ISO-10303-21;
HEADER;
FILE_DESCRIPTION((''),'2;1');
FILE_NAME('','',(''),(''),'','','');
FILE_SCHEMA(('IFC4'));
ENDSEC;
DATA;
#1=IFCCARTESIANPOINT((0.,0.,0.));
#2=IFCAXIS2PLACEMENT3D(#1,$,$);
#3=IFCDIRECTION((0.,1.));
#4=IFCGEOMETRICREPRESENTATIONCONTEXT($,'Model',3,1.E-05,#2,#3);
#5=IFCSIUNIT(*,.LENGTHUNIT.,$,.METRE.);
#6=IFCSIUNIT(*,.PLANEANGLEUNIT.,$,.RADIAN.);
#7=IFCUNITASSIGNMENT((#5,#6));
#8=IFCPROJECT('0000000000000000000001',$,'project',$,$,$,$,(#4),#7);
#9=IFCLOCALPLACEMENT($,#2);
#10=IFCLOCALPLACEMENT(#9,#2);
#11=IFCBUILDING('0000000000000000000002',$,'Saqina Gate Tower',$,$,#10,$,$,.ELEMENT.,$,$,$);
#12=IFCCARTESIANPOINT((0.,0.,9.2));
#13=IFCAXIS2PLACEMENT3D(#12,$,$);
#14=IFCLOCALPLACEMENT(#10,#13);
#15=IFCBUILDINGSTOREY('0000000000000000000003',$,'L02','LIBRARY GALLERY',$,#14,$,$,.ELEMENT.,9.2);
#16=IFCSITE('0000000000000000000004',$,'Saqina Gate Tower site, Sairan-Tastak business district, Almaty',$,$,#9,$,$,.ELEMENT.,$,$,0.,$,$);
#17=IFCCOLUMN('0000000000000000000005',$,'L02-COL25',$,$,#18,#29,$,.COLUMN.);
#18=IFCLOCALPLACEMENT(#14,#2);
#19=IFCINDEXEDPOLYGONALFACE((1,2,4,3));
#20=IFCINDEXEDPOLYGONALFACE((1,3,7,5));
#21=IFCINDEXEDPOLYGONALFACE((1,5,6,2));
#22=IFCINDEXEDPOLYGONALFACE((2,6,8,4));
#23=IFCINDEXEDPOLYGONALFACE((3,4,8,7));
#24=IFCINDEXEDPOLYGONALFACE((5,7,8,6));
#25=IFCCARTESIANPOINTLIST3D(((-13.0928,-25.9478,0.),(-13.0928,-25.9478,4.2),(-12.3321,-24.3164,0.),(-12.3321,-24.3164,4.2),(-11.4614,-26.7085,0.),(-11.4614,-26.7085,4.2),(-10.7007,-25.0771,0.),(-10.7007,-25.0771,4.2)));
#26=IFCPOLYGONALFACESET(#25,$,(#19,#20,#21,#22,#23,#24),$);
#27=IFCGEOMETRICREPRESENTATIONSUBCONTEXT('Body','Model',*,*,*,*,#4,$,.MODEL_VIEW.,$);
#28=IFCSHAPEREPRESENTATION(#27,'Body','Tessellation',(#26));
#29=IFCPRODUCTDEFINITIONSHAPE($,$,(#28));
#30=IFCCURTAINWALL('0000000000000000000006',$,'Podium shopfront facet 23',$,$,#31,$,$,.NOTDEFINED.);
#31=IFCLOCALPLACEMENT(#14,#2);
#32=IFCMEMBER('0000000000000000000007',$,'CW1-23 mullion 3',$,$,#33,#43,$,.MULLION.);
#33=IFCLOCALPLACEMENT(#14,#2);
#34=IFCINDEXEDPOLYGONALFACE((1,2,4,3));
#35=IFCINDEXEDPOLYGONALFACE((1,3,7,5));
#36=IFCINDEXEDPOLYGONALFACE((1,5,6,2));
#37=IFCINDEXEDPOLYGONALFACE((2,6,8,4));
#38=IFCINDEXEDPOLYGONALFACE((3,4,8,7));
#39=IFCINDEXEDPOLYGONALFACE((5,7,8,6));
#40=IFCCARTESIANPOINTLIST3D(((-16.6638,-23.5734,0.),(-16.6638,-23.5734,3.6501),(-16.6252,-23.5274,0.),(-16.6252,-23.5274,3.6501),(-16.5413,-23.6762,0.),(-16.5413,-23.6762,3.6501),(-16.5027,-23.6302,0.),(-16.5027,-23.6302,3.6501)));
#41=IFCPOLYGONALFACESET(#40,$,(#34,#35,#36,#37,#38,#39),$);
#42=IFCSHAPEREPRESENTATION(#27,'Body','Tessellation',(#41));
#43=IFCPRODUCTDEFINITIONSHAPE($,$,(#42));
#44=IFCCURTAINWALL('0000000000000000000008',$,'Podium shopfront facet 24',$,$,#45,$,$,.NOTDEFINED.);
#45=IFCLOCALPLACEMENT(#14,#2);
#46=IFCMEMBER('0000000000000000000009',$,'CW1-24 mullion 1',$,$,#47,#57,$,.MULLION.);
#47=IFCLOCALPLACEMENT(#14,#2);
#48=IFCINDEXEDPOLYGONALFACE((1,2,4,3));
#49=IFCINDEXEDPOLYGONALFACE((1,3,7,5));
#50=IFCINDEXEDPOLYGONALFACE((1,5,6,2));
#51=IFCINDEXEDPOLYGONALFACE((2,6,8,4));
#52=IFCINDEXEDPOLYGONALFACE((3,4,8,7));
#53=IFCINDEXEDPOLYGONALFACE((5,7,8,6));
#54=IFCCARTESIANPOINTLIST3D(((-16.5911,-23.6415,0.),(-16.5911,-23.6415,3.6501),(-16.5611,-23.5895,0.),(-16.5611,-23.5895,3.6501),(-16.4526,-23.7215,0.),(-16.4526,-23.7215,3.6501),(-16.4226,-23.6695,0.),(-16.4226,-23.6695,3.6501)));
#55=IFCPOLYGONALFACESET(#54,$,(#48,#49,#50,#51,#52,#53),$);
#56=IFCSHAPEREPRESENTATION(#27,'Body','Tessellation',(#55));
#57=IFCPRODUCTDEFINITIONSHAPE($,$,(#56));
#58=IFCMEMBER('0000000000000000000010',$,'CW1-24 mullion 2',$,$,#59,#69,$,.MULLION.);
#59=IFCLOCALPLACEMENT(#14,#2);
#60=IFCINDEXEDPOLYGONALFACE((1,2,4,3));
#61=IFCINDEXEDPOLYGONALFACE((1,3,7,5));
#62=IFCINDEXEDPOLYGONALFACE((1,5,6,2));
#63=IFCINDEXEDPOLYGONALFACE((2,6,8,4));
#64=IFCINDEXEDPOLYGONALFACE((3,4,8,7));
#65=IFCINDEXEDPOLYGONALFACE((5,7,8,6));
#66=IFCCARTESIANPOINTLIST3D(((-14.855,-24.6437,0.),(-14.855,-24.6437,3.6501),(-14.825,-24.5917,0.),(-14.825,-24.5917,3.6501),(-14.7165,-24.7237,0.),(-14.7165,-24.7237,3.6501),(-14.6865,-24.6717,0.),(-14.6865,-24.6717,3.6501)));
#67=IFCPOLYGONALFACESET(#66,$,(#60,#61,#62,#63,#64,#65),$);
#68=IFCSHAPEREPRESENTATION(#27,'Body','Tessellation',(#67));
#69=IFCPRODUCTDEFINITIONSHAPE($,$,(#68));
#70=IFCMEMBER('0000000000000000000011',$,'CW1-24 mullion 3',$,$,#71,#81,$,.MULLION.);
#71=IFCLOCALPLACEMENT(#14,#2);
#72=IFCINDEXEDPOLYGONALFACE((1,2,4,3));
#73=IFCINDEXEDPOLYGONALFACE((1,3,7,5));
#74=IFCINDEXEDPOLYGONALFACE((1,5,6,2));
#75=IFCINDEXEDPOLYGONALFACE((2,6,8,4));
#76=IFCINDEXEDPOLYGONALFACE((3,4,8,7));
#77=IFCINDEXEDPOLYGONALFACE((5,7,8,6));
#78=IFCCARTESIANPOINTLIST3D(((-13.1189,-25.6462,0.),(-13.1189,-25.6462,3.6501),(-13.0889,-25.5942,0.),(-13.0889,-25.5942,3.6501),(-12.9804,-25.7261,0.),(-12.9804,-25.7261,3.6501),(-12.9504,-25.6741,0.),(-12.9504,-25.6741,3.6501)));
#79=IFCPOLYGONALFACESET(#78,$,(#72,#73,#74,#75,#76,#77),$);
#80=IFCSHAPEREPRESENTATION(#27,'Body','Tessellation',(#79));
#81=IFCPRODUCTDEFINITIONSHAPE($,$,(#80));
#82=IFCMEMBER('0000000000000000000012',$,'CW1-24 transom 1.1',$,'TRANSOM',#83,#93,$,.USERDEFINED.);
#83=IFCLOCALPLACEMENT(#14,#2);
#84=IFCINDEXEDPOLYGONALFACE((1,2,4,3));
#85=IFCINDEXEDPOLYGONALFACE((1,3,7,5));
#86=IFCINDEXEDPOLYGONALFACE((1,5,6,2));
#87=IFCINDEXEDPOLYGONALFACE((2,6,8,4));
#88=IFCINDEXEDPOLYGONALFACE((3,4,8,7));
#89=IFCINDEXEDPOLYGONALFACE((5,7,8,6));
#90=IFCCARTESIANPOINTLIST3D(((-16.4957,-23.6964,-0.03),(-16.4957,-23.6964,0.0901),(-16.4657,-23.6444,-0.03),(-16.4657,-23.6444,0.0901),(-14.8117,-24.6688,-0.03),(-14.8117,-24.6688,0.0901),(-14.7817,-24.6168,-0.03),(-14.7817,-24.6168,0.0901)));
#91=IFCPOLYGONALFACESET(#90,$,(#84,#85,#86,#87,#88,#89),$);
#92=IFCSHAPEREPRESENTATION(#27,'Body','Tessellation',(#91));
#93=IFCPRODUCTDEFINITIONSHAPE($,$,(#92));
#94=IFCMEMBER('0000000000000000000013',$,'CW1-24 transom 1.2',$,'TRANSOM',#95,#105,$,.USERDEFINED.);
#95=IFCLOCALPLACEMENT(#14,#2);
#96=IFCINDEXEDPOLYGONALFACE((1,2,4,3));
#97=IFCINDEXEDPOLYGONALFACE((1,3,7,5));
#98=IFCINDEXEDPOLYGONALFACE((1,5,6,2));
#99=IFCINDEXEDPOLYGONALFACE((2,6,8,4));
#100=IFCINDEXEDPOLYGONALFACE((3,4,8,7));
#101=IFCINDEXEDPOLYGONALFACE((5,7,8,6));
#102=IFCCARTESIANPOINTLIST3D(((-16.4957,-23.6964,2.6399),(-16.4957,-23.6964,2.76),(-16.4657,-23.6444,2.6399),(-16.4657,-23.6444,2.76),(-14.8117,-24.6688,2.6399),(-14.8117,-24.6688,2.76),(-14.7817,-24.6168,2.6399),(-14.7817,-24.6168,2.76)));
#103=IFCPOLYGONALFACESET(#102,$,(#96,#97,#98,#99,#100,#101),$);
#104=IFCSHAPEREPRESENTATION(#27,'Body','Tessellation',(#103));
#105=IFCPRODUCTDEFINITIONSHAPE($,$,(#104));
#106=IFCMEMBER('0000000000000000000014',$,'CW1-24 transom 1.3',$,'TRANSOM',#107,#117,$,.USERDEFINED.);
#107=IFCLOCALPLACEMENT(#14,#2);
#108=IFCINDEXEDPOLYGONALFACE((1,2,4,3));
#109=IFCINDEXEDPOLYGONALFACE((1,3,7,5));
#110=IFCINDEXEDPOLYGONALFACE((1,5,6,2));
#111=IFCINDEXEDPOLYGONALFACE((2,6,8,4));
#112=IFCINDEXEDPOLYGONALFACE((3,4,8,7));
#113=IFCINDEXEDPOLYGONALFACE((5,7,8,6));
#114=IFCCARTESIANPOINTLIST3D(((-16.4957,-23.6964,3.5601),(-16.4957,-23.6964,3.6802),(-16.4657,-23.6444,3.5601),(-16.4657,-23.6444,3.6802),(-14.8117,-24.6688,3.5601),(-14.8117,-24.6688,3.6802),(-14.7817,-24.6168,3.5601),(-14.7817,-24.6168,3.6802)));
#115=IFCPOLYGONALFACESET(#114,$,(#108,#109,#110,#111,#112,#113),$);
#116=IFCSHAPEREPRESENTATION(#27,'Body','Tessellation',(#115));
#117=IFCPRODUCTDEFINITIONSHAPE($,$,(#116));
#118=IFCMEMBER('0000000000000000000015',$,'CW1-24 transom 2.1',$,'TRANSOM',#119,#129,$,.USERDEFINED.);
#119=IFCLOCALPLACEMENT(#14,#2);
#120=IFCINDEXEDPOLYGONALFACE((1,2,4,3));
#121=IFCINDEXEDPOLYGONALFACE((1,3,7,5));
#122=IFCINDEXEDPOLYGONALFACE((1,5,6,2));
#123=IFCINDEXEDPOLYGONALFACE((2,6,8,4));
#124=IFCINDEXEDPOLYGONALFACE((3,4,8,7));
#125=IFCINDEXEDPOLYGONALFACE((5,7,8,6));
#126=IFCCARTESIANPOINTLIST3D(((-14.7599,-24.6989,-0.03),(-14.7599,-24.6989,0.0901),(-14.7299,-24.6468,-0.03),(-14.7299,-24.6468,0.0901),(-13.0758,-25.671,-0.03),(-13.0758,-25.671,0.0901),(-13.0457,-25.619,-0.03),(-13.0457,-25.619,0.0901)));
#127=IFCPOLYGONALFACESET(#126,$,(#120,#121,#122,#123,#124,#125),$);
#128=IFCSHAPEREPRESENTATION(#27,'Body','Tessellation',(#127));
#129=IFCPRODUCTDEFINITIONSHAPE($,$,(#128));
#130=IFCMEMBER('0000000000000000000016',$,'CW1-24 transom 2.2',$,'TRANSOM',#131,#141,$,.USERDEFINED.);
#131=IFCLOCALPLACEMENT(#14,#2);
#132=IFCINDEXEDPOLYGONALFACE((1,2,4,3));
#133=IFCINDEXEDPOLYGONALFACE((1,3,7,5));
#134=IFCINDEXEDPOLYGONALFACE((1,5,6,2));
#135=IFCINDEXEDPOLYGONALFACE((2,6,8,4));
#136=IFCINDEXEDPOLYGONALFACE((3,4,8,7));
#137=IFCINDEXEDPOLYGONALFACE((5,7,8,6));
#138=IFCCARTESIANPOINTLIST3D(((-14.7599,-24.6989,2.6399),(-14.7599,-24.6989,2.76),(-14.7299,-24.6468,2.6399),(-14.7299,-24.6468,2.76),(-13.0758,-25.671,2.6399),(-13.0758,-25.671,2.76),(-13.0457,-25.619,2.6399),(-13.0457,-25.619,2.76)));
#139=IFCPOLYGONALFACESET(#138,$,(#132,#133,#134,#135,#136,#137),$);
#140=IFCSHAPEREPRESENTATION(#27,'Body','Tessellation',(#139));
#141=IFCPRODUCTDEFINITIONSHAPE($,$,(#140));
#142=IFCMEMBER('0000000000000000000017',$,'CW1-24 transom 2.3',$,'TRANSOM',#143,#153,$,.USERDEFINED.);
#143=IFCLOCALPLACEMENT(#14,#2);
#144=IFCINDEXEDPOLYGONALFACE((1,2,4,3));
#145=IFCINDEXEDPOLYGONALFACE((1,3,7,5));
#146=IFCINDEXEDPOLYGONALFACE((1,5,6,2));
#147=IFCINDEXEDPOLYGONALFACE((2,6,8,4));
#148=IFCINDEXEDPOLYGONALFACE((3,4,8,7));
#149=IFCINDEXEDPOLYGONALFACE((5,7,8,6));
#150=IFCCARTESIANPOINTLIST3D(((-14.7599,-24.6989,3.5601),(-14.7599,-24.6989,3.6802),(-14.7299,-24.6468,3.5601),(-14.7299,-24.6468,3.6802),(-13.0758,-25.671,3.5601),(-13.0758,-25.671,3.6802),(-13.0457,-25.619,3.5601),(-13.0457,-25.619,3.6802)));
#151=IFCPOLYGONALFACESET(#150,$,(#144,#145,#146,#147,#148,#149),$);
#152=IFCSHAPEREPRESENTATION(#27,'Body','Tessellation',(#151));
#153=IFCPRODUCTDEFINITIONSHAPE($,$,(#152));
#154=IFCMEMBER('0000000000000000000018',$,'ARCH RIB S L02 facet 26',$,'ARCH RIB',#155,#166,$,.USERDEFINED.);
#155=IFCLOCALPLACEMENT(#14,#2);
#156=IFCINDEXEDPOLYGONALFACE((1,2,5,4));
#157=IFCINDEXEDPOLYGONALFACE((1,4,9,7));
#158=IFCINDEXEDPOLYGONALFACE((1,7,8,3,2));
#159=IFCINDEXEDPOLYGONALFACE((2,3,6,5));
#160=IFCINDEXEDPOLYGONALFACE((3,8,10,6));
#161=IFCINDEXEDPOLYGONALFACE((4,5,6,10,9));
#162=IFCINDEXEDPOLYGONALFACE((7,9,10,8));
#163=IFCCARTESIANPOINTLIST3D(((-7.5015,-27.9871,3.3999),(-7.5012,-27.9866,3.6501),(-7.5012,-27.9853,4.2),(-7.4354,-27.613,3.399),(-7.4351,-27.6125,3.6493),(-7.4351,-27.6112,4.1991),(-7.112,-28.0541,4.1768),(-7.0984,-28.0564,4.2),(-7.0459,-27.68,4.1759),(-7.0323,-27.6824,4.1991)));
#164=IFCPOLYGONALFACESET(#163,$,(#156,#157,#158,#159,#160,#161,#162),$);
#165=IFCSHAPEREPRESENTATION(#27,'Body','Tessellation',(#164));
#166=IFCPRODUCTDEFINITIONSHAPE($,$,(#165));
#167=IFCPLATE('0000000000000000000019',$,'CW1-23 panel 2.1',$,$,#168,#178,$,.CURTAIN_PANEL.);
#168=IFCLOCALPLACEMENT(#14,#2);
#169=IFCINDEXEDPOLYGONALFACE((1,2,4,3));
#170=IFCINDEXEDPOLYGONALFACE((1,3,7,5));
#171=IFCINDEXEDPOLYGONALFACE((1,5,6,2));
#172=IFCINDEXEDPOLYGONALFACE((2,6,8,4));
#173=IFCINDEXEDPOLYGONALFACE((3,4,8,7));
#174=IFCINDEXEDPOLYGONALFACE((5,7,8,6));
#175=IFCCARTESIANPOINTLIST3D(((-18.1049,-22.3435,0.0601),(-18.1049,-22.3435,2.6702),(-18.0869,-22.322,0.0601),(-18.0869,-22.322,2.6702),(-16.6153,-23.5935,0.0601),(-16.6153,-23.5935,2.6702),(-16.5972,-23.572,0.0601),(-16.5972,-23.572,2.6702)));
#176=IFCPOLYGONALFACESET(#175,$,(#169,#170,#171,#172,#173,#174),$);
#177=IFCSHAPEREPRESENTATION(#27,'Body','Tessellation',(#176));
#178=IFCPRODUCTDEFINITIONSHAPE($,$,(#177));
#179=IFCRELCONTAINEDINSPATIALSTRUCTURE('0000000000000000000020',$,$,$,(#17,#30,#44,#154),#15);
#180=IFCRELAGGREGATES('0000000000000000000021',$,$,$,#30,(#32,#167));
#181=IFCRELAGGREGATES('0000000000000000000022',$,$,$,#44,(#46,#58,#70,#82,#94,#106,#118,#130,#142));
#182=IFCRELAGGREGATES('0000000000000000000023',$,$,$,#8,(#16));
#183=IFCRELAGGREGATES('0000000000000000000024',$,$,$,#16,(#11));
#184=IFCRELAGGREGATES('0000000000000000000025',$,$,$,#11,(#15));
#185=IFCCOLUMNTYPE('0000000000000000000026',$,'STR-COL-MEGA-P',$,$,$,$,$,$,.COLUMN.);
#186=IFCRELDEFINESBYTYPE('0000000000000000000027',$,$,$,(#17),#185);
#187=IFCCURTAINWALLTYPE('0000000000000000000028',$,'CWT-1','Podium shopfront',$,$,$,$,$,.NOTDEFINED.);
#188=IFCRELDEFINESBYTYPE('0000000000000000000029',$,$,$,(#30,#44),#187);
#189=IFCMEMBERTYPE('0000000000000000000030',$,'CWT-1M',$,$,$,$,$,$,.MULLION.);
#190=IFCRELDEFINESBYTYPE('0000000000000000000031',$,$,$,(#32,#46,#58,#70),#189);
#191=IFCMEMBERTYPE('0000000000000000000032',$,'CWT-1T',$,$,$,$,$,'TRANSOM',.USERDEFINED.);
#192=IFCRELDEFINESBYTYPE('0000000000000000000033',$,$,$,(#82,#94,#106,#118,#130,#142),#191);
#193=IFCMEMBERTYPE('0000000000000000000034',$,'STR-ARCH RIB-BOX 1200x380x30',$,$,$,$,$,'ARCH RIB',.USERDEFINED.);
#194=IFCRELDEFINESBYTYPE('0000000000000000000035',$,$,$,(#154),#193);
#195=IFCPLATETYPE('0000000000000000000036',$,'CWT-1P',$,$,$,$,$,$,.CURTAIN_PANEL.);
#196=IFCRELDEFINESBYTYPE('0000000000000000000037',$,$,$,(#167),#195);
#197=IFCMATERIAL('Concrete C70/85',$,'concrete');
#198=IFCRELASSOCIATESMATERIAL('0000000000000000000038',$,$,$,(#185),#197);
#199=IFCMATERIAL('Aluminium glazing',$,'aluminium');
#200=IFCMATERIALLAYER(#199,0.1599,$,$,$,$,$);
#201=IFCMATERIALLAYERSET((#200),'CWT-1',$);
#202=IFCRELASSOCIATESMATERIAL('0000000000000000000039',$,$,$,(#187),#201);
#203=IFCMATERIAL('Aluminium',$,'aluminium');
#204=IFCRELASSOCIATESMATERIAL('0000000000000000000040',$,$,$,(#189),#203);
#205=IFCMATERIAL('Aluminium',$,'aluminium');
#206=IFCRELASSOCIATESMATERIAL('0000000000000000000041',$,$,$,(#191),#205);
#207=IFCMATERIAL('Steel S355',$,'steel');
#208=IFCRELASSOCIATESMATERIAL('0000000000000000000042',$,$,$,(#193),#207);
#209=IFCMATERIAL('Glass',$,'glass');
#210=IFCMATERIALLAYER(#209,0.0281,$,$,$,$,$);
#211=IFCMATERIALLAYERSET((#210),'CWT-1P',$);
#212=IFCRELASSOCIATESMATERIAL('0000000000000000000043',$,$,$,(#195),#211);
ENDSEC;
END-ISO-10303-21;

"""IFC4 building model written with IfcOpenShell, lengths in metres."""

from ifc_helpers import new_model, si_unit, direction, frame, origin, origin_2d, place, context, subcontext, project, spatial, polyline, rectangle, hollow_rectangle, outline, extrude, material, layer, layer_set, material_profile, profile_set, type_object, element, aggregate, save


model = new_model("IFC4")

# Units and contexts
model_context = context("Model", 3, precision=1e-05, world=origin(), true_north=direction((0.0, 1.0)))
body_context = subcontext(model_context, "Body", "Model", "MODEL_VIEW")
ifc_project = project(units=[si_unit("LENGTHUNIT", "METRE"), si_unit("PLANEANGLEUNIT", "RADIAN")], contexts=[model_context])

# Site, building, storey
site_placement = place(None, origin())
site = spatial("IfcSite", under=ifc_project, at=site_placement, Name="Saqina Gate Tower site, Sairan-Tastak business district, Almaty", CompositionType="ELEMENT", RefElevation=0.0)
building_placement = place(site_placement, origin())
building = spatial("IfcBuilding", under=site, at=building_placement, Name="Saqina Gate Tower", CompositionType="ELEMENT")
storey_placement = place(building_placement, frame((0.0, 0.0, 9.2)))
storey = spatial("IfcBuildingStorey", under=building, at=storey_placement, Name="L02", Description="LIBRARY GALLERY", CompositionType="ELEMENT", Elevation=9.2)

# Column
ifc_material_1 = material(Name="Concrete C70/85", Category="concrete")
ifc_material_profile_1 = material_profile(ifc_material_1, rectangle(XDim=1.8, YDim=1.8, at=origin_2d()), Name="RC 1800x1800")
ifc_profile_set_1 = profile_set([ifc_material_profile_1], Name="Concrete C70/85")
column_type = type_object("IfcColumnType", Name="STR-COL-MEGA-P", PredefinedType="COLUMN", material=ifc_profile_set_1)
column_placement = place(storey_placement, frame((-11.8967, -25.5125, 0.0), z_axis=(0.0, 0.0, 1.0), x_axis=(-0.422618, -0.906308, 0.0)))
element("IfcColumn", 1, at=column_placement, inside=storey, type_object=column_type, Name="L02-COL25", PredefinedType="COLUMN", context=body_context, shape_type="SweptSolid", body=[
    extrude(rectangle(XDim=1.8, YDim=1.8, at=origin_2d()), origin(), (0.0, 0.0, 1.0), 4.2),
])

# Curtain wall, member
ifc_material_2 = material(Name="Aluminium glazing", Category="aluminium")
ifc_layer_1 = layer(ifc_material_2, 0.1599)
ifc_layer_set_1 = layer_set([ifc_layer_1], Name="CWT-1")
curtain_wall_type = type_object("IfcCurtainWallType", Name="CWT-1", Description="Podium shopfront", PredefinedType="NOTDEFINED", material=ifc_layer_set_1)
curtain_wall_1_placement = place(storey_placement, origin())
curtain_wall_1 = element("IfcCurtainWall", 2, at=curtain_wall_1_placement, inside=storey, type_object=curtain_wall_type, Name="Podium shopfront facet 23", PredefinedType="NOTDEFINED")
ifc_material_3 = material(Name="Aluminium", Category="aluminium")
ifc_material_profile_2 = material_profile(ifc_material_3, rectangle(XDim=0.0601, YDim=0.1599, at=origin_2d()), Name="Aluminium 60x160")
ifc_profile_set_2 = profile_set([ifc_material_profile_2], Name="Aluminium")
member_type_1 = type_object("IfcMemberType", Name="CWT-1M", PredefinedType="MULLION", material=ifc_profile_set_2)
member_1_placement = place(storey_placement, frame((-16.5833, -23.6018, 0.0), z_axis=(0.0, 0.0, 1.0), x_axis=(0.642779, 0.766051, 0.0)))
member_1 = element("IfcMember", 3, at=member_1_placement, type_object=member_type_1, Name="CW1-23 mullion 3", PredefinedType="MULLION", context=body_context, shape_type="SweptSolid", body=[
    extrude(rectangle(XDim=0.0601, YDim=0.1599, at=origin_2d()), origin(), (0.0, 0.0, 1.0), 3.6501),
])

# Curtain wall, members
curtain_wall_2_placement = place(storey_placement, origin())
curtain_wall_2 = element("IfcCurtainWall", 4, at=curtain_wall_2_placement, inside=storey, type_object=curtain_wall_type, Name="Podium shopfront facet 24", PredefinedType="NOTDEFINED")
member_2_placement = place(storey_placement, frame((-16.5068, -23.6555, 0.0), z_axis=(0.0, 0.0, 1.0), x_axis=(0.500014, 0.866017, 0.0)))
member_2 = element("IfcMember", 5, at=member_2_placement, type_object=member_type_1, Name="CW1-24 mullion 1", PredefinedType="MULLION", context=body_context, shape_type="SweptSolid", body=[
    extrude(rectangle(XDim=0.0601, YDim=0.1599, at=origin_2d()), origin(), (0.0, 0.0, 1.0), 3.6501),
])
member_3_placement = place(storey_placement, frame((-14.7708, -24.6577, 0.0), z_axis=(0.0, 0.0, 1.0), x_axis=(0.500014, 0.866017, 0.0)))
member_3 = element("IfcMember", 6, at=member_3_placement, type_object=member_type_1, Name="CW1-24 mullion 2", PredefinedType="MULLION", context=body_context, shape_type="SweptSolid", body=[
    extrude(rectangle(XDim=0.0601, YDim=0.1599, at=origin_2d()), origin(), (0.0, 0.0, 1.0), 3.6501),
])
member_4_placement = place(storey_placement, frame((-13.0347, -25.6602, 0.0), z_axis=(0.0, 0.0, 1.0), x_axis=(0.500014, 0.866017, 0.0)))
member_4 = element("IfcMember", 7, at=member_4_placement, type_object=member_type_1, Name="CW1-24 mullion 3", PredefinedType="MULLION", context=body_context, shape_type="SweptSolid", body=[
    extrude(rectangle(XDim=0.0601, YDim=0.1599, at=origin_2d()), origin(), (0.0, 0.0, 1.0), 3.6501),
])
ifc_material_4 = material(Name="Aluminium", Category="aluminium")
ifc_material_profile_3 = material_profile(ifc_material_4, rectangle(XDim=0.0601, YDim=0.1201, at=origin_2d()), Name="Aluminium 60x120")
ifc_profile_set_3 = profile_set([ifc_material_profile_3], Name="Aluminium")
member_type_2 = type_object("IfcMemberType", Name="CWT-1T", ElementType="TRANSOM", PredefinedType="USERDEFINED", material=ifc_profile_set_3)
member_5_placement = place(storey_placement, frame((-16.4807, -23.6704, 0.03), z_axis=(0.866002, -0.500041, 0.0), x_axis=(0.500041, 0.866002, 0.0)))
member_5 = element("IfcMember", 8, at=member_5_placement, type_object=member_type_2, Name="CW1-24 transom 1.1", ObjectType="TRANSOM", PredefinedType="USERDEFINED", context=body_context, shape_type="SweptSolid", body=[
    extrude(rectangle(XDim=0.0601, YDim=0.1201, at=origin_2d()), origin(), (0.0, 0.0, 1.0), 1.9446),
])
member_6_placement = place(storey_placement, frame((-16.4807, -23.6704, 2.7), z_axis=(0.866002, -0.500041, 0.0), x_axis=(0.500041, 0.866002, 0.0)))
member_6 = element("IfcMember", 9, at=member_6_placement, type_object=member_type_2, Name="CW1-24 transom 1.2", ObjectType="TRANSOM", PredefinedType="USERDEFINED", context=body_context, shape_type="SweptSolid", body=[
    extrude(rectangle(XDim=0.0601, YDim=0.1201, at=origin_2d()), origin(), (0.0, 0.0, 1.0), 1.9446),
])
member_7_placement = place(storey_placement, frame((-16.4807, -23.6704, 3.6201), z_axis=(0.866002, -0.500041, 0.0), x_axis=(0.500041, 0.866002, 0.0)))
member_7 = element("IfcMember", 10, at=member_7_placement, type_object=member_type_2, Name="CW1-24 transom 1.3", ObjectType="TRANSOM", PredefinedType="USERDEFINED", context=body_context, shape_type="SweptSolid", body=[
    extrude(rectangle(XDim=0.0601, YDim=0.1201, at=origin_2d()), origin(), (0.0, 0.0, 1.0), 1.9446),
])
member_8_placement = place(storey_placement, frame((-14.7449, -24.6729, 0.03), z_axis=(0.866056, -0.499947, 0.0), x_axis=(0.499947, 0.866056, 0.0)))
member_8 = element("IfcMember", 11, at=member_8_placement, type_object=member_type_2, Name="CW1-24 transom 2.1", ObjectType="TRANSOM", PredefinedType="USERDEFINED", context=body_context, shape_type="SweptSolid", body=[
    extrude(rectangle(XDim=0.0601, YDim=0.1201, at=origin_2d()), origin(), (0.0, 0.0, 1.0), 1.9446),
])
member_9_placement = place(storey_placement, frame((-14.7449, -24.6729, 2.7), z_axis=(0.866056, -0.499947, 0.0), x_axis=(0.499947, 0.866056, 0.0)))
member_9 = element("IfcMember", 12, at=member_9_placement, type_object=member_type_2, Name="CW1-24 transom 2.2", ObjectType="TRANSOM", PredefinedType="USERDEFINED", context=body_context, shape_type="SweptSolid", body=[
    extrude(rectangle(XDim=0.0601, YDim=0.1201, at=origin_2d()), origin(), (0.0, 0.0, 1.0), 1.9446),
])
member_10_placement = place(storey_placement, frame((-14.7449, -24.6729, 3.6201), z_axis=(0.866056, -0.499947, 0.0), x_axis=(0.499947, 0.866056, 0.0)))
member_10 = element("IfcMember", 13, at=member_10_placement, type_object=member_type_2, Name="CW1-24 transom 2.3", ObjectType="TRANSOM", PredefinedType="USERDEFINED", context=body_context, shape_type="SweptSolid", body=[
    extrude(rectangle(XDim=0.0601, YDim=0.1201, at=origin_2d()), origin(), (0.0, 0.0, 1.0), 1.9446),
])

# Member
ifc_material_5 = material(Name="Steel S355", Category="steel")
ifc_material_profile_4 = material_profile(ifc_material_5, hollow_rectangle(XDim=1.2, YDim=0.3799, WallThickness=0.03, at=origin_2d()), Name="BOX 1200x380x30")
ifc_profile_set_4 = profile_set([ifc_material_profile_4], Name="Steel S355")
member_type_3 = type_object("IfcMemberType", Name="STR-ARCH RIB-BOX 1200x380x30", ElementType="ARCH RIB", PredefinedType="USERDEFINED", material=ifc_profile_set_4)
member_11_placement = place(storey_placement, frame((-7.5012, -27.9866, 3.6501), z_axis=(-0.174032, -0.984737, 0.002359), x_axis=(0.00003, 0.00239, 0.999997)))
element("IfcMember", 14, at=member_11_placement, inside=storey, type_object=member_type_3, Name="ARCH RIB S L02 facet 26", ObjectType="ARCH RIB", PredefinedType="USERDEFINED", context=body_context, shape_type="SweptSolid", body=[
    extrude(outline(polyline([(0.0, 0.0), (0.5498, 0.0), (0.5496, -0.409), (0.5265, -0.3952), (-0.2502, 0.0003), (0.0, 0.0)])), origin(), (0.0, 0.0, -1.0), 0.3799),
])

# Plate
ifc_material_6 = material(Name="Glass", Category="glass")
ifc_layer_2 = layer(ifc_material_6, 0.0281)
ifc_layer_set_2 = layer_set([ifc_layer_2], Name="CWT-1P")
plate_type = type_object("IfcPlateType", Name="CWT-1P", PredefinedType="CURTAIN_PANEL", material=ifc_layer_set_2)
plate_1_placement = place(storey_placement, frame((-17.3511, -22.9578, 0.0601), z_axis=(0.0, 0.0, 1.0), x_axis=(0.766051, -0.642779, 0.0)))
plate_1 = element("IfcPlate", 15, at=plate_1_placement, type_object=plate_type, Name="CW1-23 panel 2.1", PredefinedType="CURTAIN_PANEL", context=body_context, shape_type="SweptSolid", body=[
    extrude(rectangle(XDim=1.9446, YDim=0.0281, at=origin_2d()), origin(), (0.0, 0.0, 1.0), 2.6101),
])
aggregate(curtain_wall_1, [member_1, plate_1])
aggregate(curtain_wall_2, [member_2, member_3, member_4, member_5, member_6, member_7, member_8, member_9, member_10])

save(model, "model.ifc")
